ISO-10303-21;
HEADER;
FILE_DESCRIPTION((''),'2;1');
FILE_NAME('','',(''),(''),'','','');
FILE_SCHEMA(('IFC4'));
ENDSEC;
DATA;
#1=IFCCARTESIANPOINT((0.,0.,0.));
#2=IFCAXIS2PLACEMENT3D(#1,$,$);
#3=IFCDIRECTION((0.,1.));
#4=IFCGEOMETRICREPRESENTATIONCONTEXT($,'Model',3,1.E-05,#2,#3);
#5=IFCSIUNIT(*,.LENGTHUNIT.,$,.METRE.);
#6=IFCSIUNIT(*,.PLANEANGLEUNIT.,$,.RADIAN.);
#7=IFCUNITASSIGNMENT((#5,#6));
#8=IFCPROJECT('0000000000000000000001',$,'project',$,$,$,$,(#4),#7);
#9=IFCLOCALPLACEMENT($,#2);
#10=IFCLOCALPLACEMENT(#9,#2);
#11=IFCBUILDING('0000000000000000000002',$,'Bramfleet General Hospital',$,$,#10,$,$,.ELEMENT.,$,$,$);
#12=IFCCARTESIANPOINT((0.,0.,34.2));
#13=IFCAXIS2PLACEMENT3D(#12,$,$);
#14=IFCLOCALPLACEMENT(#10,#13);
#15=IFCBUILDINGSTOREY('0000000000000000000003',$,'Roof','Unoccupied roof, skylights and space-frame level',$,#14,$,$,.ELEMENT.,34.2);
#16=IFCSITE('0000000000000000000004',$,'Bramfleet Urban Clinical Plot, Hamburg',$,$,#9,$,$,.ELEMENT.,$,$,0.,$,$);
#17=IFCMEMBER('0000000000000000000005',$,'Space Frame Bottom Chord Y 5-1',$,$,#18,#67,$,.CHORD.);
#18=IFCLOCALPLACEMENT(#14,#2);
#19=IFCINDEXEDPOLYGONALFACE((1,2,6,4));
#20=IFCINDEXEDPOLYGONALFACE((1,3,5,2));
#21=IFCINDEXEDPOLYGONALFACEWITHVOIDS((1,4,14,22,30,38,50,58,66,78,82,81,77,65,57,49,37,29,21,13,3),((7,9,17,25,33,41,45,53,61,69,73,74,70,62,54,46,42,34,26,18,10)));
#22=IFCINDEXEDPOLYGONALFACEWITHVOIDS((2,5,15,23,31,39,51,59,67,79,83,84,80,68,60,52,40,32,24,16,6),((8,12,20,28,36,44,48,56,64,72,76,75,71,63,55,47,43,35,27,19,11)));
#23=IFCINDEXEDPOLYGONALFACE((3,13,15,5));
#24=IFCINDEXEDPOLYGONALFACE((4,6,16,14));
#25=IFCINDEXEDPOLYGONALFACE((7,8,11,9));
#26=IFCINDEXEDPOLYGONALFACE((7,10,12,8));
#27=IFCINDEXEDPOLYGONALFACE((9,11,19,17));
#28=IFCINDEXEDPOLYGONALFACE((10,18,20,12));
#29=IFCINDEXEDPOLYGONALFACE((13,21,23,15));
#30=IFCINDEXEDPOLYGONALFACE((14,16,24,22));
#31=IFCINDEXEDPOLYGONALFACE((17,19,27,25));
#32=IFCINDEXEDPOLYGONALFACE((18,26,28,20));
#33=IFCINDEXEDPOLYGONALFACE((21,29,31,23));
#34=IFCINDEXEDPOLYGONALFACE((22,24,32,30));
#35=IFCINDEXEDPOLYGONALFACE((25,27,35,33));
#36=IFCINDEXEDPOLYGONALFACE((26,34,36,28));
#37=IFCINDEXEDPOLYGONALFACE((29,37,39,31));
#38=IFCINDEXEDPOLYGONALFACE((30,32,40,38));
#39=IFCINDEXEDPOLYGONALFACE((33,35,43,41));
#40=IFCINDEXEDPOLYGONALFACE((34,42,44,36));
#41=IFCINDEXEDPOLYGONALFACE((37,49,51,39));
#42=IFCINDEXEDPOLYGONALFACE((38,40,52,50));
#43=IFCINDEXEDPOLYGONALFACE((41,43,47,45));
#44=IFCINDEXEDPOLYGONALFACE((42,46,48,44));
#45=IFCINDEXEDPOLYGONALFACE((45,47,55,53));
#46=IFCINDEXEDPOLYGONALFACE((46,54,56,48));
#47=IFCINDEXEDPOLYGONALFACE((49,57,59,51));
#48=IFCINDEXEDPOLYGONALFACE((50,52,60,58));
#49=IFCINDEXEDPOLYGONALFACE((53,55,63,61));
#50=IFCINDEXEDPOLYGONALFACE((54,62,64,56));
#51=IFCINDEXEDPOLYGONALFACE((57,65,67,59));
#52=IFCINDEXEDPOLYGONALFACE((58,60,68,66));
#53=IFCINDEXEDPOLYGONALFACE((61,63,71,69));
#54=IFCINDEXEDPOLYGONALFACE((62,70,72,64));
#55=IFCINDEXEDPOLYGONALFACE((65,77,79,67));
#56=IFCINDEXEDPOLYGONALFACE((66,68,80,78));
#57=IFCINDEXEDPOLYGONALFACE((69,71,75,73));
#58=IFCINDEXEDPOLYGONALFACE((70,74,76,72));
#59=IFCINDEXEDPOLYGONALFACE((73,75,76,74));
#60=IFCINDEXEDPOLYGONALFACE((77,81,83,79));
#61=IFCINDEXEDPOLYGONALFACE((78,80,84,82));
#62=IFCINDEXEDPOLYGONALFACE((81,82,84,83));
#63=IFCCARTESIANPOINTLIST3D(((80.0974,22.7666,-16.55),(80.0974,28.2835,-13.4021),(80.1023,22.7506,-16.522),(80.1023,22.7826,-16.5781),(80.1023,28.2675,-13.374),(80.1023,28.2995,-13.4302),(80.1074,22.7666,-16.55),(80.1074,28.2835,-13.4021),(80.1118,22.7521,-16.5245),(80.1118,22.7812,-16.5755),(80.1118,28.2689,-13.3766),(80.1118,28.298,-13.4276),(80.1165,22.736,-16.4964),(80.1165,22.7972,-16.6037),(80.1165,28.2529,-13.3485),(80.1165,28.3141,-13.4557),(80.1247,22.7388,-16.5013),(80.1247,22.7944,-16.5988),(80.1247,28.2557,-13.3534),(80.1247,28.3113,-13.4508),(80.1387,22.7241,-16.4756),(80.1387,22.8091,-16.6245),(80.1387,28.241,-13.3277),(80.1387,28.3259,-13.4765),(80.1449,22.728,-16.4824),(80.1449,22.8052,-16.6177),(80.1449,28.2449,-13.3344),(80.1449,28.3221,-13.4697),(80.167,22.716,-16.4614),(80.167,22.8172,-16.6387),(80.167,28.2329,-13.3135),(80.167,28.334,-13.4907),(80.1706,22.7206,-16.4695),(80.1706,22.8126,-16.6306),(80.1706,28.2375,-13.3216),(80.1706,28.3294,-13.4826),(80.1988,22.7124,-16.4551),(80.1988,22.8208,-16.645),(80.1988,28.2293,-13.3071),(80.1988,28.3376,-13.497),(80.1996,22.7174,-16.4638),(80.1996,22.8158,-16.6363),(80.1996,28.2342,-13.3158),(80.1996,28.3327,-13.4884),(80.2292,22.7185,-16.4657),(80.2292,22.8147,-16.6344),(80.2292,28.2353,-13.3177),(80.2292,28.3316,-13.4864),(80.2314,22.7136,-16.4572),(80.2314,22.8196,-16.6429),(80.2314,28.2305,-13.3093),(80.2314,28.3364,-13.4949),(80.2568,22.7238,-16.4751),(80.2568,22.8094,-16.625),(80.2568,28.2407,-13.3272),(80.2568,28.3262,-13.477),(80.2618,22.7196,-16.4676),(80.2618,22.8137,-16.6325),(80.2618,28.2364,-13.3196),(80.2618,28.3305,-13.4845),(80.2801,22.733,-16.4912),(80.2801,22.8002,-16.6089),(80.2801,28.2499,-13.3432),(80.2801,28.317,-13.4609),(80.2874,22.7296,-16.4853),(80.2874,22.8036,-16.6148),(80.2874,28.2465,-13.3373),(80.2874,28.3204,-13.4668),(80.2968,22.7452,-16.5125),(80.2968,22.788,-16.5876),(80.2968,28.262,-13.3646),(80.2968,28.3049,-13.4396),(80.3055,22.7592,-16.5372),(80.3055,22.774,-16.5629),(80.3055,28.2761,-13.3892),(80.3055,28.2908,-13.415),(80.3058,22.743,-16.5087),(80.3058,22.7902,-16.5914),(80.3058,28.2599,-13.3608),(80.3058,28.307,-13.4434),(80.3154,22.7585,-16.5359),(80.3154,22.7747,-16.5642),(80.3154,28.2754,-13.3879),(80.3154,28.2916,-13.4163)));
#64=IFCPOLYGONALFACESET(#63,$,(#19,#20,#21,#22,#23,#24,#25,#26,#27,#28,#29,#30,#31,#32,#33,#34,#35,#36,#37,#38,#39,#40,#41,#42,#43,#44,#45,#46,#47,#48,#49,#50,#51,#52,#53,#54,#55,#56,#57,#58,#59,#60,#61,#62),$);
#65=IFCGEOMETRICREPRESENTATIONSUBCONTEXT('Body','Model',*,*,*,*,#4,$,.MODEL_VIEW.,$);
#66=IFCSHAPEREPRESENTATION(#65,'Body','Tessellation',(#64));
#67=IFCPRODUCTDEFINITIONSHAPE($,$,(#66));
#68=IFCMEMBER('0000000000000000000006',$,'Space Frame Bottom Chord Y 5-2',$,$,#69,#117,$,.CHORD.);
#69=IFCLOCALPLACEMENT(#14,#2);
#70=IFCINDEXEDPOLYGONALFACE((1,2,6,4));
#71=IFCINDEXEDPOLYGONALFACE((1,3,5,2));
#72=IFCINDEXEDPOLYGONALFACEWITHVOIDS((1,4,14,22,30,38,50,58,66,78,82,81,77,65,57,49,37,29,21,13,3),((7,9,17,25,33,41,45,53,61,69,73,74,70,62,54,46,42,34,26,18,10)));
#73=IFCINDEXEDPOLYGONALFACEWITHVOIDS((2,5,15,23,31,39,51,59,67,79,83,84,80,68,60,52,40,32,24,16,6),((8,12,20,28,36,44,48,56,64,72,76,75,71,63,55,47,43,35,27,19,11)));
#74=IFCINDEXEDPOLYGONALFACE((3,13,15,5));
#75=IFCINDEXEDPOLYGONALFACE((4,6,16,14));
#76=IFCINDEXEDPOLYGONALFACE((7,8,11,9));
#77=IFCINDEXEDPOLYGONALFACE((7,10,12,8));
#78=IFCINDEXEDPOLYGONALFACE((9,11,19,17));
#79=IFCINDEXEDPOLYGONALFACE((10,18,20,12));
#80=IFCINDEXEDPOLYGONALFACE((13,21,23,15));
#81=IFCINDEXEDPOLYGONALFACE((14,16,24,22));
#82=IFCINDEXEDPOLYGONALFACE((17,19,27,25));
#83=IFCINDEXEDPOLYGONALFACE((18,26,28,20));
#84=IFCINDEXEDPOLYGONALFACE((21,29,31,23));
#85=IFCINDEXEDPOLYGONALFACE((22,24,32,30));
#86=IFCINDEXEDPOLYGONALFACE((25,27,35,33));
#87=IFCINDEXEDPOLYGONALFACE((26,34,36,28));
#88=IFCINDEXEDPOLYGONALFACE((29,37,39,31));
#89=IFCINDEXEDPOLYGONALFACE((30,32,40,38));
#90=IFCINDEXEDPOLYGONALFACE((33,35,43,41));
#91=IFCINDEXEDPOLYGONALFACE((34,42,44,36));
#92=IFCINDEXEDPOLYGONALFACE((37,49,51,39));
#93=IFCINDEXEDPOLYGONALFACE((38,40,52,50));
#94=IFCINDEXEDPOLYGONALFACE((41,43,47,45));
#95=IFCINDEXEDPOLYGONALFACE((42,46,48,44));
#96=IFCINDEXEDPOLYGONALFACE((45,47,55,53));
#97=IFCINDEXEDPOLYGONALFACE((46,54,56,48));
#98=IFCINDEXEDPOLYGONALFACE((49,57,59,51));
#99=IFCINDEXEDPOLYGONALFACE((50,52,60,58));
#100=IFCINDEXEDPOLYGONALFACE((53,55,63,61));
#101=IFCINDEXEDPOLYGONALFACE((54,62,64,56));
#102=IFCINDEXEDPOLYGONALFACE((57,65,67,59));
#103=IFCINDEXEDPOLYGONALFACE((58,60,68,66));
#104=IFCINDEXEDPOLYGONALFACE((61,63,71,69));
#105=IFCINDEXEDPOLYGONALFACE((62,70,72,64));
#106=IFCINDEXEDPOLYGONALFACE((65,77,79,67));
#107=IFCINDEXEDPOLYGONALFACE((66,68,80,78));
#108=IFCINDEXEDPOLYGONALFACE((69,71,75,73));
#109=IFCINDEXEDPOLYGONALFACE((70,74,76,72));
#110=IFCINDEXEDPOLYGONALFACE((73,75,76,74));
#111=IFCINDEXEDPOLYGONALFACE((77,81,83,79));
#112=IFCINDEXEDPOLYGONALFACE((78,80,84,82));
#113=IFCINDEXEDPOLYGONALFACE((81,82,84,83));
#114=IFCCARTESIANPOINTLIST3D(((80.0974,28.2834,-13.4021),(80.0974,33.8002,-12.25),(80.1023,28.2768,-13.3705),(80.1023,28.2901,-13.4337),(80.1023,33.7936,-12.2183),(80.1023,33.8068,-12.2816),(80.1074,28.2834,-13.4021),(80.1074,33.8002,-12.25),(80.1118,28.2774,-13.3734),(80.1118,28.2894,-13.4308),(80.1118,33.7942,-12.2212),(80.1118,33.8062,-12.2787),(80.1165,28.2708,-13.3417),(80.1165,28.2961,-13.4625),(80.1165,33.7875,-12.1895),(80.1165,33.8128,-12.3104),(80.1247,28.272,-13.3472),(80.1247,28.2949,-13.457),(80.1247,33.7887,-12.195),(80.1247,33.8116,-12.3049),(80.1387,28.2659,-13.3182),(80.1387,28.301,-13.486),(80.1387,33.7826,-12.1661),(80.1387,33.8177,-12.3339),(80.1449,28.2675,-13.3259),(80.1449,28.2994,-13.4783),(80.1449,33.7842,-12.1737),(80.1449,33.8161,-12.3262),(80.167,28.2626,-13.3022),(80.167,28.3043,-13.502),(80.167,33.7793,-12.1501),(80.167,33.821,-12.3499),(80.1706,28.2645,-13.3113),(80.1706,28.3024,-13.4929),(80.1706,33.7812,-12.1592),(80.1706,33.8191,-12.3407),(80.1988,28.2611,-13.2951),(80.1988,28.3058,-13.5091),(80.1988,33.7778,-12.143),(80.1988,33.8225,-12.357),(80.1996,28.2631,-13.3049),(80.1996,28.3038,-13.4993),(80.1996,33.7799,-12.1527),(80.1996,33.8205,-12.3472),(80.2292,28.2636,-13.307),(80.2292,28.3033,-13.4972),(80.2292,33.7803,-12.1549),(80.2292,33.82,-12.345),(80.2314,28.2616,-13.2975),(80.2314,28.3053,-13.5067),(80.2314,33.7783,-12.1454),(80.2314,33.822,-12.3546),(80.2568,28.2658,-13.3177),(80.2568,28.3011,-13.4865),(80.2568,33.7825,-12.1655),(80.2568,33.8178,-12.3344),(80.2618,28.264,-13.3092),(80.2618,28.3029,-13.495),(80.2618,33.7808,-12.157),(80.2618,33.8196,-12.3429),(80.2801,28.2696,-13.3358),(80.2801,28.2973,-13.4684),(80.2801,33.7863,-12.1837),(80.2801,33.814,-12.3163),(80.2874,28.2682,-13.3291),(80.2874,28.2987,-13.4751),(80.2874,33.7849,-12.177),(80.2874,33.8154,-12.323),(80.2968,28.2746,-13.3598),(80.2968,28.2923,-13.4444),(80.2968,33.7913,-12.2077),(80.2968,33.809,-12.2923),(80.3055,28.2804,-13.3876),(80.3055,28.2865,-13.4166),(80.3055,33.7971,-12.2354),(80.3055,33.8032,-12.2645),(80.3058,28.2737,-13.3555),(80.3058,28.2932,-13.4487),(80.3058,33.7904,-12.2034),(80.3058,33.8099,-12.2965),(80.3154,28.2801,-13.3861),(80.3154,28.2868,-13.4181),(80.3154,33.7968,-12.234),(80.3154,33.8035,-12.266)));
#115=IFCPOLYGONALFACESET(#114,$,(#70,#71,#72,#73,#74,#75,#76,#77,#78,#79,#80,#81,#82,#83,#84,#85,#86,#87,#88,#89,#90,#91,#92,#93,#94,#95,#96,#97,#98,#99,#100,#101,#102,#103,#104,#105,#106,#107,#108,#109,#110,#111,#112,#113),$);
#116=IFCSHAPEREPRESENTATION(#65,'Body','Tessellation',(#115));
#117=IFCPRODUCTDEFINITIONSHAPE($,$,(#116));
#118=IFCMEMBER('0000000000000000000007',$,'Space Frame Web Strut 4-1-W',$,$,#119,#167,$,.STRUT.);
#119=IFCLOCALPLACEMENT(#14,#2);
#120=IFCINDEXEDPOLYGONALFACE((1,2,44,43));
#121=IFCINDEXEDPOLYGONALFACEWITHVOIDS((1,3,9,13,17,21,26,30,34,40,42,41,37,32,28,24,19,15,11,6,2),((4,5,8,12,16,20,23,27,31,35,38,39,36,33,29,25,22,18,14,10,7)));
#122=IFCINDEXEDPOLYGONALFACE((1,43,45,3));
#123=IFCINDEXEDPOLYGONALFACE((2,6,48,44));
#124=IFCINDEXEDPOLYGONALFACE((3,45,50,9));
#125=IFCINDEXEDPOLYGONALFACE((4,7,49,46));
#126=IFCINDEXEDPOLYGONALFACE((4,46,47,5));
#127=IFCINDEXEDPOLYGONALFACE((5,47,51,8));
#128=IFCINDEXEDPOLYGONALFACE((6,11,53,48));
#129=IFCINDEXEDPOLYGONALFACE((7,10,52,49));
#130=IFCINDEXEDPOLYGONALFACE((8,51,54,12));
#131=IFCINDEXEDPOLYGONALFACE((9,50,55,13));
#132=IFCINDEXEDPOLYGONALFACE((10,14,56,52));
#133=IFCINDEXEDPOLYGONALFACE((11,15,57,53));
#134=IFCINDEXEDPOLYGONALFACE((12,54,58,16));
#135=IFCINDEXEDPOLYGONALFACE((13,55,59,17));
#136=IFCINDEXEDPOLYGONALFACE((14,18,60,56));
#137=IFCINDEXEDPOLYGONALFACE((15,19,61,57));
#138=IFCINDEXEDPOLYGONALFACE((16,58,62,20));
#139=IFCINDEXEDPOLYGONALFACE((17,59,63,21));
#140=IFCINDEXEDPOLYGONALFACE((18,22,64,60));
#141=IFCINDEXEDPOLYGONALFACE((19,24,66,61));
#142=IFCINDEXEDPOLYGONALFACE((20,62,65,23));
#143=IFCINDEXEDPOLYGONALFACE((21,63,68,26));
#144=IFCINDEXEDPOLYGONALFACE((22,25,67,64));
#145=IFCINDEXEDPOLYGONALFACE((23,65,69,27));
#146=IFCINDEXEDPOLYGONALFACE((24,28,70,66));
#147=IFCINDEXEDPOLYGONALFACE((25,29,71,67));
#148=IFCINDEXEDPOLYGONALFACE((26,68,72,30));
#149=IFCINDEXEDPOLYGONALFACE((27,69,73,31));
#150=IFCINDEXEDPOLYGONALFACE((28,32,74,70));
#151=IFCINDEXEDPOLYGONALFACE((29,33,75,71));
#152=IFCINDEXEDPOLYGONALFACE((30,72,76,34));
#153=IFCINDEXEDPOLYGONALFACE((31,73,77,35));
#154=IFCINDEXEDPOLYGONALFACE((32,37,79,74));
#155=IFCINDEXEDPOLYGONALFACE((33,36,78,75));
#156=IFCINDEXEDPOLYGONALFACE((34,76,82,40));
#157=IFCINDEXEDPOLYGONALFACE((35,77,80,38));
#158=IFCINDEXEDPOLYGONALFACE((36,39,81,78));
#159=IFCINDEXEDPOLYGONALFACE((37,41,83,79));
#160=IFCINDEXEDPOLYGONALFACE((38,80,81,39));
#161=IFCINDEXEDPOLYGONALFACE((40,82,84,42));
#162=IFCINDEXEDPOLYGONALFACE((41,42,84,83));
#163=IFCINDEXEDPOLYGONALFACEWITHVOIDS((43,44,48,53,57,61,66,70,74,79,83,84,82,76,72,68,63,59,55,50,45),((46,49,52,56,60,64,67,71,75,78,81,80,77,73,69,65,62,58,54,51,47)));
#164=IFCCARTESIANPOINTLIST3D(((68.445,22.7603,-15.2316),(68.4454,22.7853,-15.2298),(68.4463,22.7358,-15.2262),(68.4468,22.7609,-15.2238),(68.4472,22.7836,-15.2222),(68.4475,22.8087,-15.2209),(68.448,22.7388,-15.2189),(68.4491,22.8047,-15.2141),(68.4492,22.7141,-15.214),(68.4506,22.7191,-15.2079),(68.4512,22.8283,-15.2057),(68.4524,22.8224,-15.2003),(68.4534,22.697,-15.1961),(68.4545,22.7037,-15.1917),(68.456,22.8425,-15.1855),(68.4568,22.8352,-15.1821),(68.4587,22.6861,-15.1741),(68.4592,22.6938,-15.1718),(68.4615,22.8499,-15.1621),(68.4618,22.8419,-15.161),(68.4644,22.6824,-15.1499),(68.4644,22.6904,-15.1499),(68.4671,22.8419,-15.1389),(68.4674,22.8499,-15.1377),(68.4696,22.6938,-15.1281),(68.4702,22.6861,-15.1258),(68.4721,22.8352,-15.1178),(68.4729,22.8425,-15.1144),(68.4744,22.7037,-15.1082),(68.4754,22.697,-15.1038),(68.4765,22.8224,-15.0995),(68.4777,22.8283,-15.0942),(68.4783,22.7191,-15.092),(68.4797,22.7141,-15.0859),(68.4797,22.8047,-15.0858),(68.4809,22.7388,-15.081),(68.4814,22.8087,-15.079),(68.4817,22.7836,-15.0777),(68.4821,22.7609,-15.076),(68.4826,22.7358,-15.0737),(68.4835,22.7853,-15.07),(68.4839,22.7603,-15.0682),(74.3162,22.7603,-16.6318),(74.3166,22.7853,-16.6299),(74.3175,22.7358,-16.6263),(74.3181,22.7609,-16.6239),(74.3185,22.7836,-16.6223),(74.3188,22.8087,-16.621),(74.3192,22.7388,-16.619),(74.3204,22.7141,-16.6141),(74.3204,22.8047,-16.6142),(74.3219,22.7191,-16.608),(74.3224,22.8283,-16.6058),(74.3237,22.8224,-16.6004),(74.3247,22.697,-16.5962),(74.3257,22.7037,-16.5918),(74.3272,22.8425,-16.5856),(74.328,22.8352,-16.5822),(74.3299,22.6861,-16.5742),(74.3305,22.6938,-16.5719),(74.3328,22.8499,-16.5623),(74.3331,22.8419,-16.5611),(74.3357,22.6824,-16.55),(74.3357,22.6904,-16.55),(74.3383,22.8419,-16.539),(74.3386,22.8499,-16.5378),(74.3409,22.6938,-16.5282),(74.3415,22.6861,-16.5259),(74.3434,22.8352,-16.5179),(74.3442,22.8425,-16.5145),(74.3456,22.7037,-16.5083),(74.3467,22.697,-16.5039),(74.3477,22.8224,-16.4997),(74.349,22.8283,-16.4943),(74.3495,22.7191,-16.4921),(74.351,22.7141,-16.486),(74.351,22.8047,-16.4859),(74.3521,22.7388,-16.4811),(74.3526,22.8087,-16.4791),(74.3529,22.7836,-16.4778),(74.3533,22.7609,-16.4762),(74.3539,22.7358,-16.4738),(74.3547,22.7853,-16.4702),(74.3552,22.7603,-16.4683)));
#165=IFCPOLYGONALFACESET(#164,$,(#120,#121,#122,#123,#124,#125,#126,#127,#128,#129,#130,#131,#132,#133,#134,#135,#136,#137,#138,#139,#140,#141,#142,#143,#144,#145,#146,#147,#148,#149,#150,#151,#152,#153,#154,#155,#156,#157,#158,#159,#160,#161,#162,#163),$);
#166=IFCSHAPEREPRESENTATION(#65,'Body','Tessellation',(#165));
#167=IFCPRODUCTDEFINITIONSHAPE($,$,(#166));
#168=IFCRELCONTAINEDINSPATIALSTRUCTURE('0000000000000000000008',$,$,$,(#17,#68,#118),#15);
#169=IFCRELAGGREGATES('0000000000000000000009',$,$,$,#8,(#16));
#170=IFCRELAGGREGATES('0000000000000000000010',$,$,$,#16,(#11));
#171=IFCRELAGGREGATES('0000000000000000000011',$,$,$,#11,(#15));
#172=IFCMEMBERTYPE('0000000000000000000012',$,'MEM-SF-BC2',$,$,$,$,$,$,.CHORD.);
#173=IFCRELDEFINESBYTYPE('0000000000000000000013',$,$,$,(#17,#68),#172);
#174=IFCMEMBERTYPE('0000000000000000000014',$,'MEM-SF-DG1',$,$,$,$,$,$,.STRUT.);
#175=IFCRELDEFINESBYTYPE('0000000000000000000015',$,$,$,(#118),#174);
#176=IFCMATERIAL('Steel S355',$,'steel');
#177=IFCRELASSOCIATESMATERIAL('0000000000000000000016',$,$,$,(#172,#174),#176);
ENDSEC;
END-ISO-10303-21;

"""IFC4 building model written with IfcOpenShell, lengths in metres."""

from ifc_helpers import new_model, si_unit, direction, frame, origin, origin_2d, place, context, subcontext, project, spatial, hollow_circle, extrude, material, material_profile, profile_set, type_object, element, save


model = new_model("IFC4")

# Units and contexts
model_context = context("Model", 3, precision=1e-05, world=origin(), true_north=direction((0.0, 1.0)))
body_context = subcontext(model_context, "Body", "Model", "MODEL_VIEW")
ifc_project = project(units=[si_unit("LENGTHUNIT", "METRE"), si_unit("PLANEANGLEUNIT", "RADIAN")], contexts=[model_context])

# Site, building, storey
site_placement = place(None, origin())
site = spatial("IfcSite", under=ifc_project, at=site_placement, Name="Bramfleet Urban Clinical Plot, Hamburg", CompositionType="ELEMENT", RefElevation=0.0)
building_placement = place(site_placement, origin())
building = spatial("IfcBuilding", under=site, at=building_placement, Name="Bramfleet General Hospital", CompositionType="ELEMENT")
storey_placement = place(building_placement, frame((0.0, 0.0, 34.2)))
storey = spatial("IfcBuildingStorey", under=building, at=storey_placement, Name="Roof", Description="Unoccupied roof, skylights and space-frame level", CompositionType="ELEMENT", Elevation=34.2)

# Members
ifc_material = material(Name="Steel S355", Category="steel")
ifc_material_profile_1 = material_profile(ifc_material, hollow_circle(Radius=0.1096, WallThickness=0.01, at=origin_2d()), Name="CHS 219.1x10.0")
ifc_profile_set_1 = profile_set([ifc_material_profile_1], Name="Steel S355")
member_type_1 = type_object("IfcMemberType", Name="MEM-SF-BC2", PredefinedType="CHORD", material=ifc_profile_set_1)
member_1_placement = place(storey_placement, frame((80.207, 22.7666, -16.55), z_axis=(0.0, 0.86855, 0.495601), x_axis=(-1.0, 0.0, 0.0)))
element("IfcMember", 1, at=member_1_placement, inside=storey, type_object=member_type_1, Name="Space Frame Bottom Chord Y 5-1", PredefinedType="CHORD", context=body_context, shape_type="SweptSolid", body=[
    extrude(hollow_circle(Radius=0.1096, WallThickness=0.01, at=origin_2d()), origin(), (0.0, 0.0, 1.0), 6.3518),
])
member_2_placement = place(storey_placement, frame((80.207, 28.2834, -13.4021), z_axis=(0.0, 0.978881, 0.204432), x_axis=(-1.0, 0.0, 0.0)))
element("IfcMember", 2, at=member_2_placement, inside=storey, type_object=member_type_1, Name="Space Frame Bottom Chord Y 5-2", PredefinedType="CHORD", context=body_context, shape_type="SweptSolid", body=[
    extrude(hollow_circle(Radius=0.1096, WallThickness=0.01, at=origin_2d()), origin(), (0.0, 0.0, 1.0), 5.6357),
])
ifc_material_profile_2 = material_profile(ifc_material, hollow_circle(Radius=0.0842, WallThickness=0.0081, at=origin_2d()), Name="CHS 168.3x8.0")
ifc_profile_set_2 = profile_set([ifc_material_profile_2], Name="Steel S355")
member_type_2 = type_object("IfcMemberType", Name="MEM-SF-DG1", PredefinedType="STRUT", material=ifc_profile_set_2)
for number, where, z_axis, x_axis, name in (
    (3, (74.3357, 22.7666, -16.55), (-0.972724, 0.0, 0.231967), (0.0, -1.0, 0.0), "Space Frame Web Strut 4-1-W"),
):
    element("IfcMember", number, at=place(storey_placement, frame(where, z_axis=z_axis, x_axis=x_axis)), inside=storey, type_object=member_type_2, Name=name, PredefinedType="STRUT", context=body_context, shape_type="SweptSolid", body=[
        extrude(hollow_circle(Radius=0.0842, WallThickness=0.0081, at=origin_2d()), origin(), (0.0, 0.0, 1.0), 6.0359),
    ])

save(model, "model.ifc")
